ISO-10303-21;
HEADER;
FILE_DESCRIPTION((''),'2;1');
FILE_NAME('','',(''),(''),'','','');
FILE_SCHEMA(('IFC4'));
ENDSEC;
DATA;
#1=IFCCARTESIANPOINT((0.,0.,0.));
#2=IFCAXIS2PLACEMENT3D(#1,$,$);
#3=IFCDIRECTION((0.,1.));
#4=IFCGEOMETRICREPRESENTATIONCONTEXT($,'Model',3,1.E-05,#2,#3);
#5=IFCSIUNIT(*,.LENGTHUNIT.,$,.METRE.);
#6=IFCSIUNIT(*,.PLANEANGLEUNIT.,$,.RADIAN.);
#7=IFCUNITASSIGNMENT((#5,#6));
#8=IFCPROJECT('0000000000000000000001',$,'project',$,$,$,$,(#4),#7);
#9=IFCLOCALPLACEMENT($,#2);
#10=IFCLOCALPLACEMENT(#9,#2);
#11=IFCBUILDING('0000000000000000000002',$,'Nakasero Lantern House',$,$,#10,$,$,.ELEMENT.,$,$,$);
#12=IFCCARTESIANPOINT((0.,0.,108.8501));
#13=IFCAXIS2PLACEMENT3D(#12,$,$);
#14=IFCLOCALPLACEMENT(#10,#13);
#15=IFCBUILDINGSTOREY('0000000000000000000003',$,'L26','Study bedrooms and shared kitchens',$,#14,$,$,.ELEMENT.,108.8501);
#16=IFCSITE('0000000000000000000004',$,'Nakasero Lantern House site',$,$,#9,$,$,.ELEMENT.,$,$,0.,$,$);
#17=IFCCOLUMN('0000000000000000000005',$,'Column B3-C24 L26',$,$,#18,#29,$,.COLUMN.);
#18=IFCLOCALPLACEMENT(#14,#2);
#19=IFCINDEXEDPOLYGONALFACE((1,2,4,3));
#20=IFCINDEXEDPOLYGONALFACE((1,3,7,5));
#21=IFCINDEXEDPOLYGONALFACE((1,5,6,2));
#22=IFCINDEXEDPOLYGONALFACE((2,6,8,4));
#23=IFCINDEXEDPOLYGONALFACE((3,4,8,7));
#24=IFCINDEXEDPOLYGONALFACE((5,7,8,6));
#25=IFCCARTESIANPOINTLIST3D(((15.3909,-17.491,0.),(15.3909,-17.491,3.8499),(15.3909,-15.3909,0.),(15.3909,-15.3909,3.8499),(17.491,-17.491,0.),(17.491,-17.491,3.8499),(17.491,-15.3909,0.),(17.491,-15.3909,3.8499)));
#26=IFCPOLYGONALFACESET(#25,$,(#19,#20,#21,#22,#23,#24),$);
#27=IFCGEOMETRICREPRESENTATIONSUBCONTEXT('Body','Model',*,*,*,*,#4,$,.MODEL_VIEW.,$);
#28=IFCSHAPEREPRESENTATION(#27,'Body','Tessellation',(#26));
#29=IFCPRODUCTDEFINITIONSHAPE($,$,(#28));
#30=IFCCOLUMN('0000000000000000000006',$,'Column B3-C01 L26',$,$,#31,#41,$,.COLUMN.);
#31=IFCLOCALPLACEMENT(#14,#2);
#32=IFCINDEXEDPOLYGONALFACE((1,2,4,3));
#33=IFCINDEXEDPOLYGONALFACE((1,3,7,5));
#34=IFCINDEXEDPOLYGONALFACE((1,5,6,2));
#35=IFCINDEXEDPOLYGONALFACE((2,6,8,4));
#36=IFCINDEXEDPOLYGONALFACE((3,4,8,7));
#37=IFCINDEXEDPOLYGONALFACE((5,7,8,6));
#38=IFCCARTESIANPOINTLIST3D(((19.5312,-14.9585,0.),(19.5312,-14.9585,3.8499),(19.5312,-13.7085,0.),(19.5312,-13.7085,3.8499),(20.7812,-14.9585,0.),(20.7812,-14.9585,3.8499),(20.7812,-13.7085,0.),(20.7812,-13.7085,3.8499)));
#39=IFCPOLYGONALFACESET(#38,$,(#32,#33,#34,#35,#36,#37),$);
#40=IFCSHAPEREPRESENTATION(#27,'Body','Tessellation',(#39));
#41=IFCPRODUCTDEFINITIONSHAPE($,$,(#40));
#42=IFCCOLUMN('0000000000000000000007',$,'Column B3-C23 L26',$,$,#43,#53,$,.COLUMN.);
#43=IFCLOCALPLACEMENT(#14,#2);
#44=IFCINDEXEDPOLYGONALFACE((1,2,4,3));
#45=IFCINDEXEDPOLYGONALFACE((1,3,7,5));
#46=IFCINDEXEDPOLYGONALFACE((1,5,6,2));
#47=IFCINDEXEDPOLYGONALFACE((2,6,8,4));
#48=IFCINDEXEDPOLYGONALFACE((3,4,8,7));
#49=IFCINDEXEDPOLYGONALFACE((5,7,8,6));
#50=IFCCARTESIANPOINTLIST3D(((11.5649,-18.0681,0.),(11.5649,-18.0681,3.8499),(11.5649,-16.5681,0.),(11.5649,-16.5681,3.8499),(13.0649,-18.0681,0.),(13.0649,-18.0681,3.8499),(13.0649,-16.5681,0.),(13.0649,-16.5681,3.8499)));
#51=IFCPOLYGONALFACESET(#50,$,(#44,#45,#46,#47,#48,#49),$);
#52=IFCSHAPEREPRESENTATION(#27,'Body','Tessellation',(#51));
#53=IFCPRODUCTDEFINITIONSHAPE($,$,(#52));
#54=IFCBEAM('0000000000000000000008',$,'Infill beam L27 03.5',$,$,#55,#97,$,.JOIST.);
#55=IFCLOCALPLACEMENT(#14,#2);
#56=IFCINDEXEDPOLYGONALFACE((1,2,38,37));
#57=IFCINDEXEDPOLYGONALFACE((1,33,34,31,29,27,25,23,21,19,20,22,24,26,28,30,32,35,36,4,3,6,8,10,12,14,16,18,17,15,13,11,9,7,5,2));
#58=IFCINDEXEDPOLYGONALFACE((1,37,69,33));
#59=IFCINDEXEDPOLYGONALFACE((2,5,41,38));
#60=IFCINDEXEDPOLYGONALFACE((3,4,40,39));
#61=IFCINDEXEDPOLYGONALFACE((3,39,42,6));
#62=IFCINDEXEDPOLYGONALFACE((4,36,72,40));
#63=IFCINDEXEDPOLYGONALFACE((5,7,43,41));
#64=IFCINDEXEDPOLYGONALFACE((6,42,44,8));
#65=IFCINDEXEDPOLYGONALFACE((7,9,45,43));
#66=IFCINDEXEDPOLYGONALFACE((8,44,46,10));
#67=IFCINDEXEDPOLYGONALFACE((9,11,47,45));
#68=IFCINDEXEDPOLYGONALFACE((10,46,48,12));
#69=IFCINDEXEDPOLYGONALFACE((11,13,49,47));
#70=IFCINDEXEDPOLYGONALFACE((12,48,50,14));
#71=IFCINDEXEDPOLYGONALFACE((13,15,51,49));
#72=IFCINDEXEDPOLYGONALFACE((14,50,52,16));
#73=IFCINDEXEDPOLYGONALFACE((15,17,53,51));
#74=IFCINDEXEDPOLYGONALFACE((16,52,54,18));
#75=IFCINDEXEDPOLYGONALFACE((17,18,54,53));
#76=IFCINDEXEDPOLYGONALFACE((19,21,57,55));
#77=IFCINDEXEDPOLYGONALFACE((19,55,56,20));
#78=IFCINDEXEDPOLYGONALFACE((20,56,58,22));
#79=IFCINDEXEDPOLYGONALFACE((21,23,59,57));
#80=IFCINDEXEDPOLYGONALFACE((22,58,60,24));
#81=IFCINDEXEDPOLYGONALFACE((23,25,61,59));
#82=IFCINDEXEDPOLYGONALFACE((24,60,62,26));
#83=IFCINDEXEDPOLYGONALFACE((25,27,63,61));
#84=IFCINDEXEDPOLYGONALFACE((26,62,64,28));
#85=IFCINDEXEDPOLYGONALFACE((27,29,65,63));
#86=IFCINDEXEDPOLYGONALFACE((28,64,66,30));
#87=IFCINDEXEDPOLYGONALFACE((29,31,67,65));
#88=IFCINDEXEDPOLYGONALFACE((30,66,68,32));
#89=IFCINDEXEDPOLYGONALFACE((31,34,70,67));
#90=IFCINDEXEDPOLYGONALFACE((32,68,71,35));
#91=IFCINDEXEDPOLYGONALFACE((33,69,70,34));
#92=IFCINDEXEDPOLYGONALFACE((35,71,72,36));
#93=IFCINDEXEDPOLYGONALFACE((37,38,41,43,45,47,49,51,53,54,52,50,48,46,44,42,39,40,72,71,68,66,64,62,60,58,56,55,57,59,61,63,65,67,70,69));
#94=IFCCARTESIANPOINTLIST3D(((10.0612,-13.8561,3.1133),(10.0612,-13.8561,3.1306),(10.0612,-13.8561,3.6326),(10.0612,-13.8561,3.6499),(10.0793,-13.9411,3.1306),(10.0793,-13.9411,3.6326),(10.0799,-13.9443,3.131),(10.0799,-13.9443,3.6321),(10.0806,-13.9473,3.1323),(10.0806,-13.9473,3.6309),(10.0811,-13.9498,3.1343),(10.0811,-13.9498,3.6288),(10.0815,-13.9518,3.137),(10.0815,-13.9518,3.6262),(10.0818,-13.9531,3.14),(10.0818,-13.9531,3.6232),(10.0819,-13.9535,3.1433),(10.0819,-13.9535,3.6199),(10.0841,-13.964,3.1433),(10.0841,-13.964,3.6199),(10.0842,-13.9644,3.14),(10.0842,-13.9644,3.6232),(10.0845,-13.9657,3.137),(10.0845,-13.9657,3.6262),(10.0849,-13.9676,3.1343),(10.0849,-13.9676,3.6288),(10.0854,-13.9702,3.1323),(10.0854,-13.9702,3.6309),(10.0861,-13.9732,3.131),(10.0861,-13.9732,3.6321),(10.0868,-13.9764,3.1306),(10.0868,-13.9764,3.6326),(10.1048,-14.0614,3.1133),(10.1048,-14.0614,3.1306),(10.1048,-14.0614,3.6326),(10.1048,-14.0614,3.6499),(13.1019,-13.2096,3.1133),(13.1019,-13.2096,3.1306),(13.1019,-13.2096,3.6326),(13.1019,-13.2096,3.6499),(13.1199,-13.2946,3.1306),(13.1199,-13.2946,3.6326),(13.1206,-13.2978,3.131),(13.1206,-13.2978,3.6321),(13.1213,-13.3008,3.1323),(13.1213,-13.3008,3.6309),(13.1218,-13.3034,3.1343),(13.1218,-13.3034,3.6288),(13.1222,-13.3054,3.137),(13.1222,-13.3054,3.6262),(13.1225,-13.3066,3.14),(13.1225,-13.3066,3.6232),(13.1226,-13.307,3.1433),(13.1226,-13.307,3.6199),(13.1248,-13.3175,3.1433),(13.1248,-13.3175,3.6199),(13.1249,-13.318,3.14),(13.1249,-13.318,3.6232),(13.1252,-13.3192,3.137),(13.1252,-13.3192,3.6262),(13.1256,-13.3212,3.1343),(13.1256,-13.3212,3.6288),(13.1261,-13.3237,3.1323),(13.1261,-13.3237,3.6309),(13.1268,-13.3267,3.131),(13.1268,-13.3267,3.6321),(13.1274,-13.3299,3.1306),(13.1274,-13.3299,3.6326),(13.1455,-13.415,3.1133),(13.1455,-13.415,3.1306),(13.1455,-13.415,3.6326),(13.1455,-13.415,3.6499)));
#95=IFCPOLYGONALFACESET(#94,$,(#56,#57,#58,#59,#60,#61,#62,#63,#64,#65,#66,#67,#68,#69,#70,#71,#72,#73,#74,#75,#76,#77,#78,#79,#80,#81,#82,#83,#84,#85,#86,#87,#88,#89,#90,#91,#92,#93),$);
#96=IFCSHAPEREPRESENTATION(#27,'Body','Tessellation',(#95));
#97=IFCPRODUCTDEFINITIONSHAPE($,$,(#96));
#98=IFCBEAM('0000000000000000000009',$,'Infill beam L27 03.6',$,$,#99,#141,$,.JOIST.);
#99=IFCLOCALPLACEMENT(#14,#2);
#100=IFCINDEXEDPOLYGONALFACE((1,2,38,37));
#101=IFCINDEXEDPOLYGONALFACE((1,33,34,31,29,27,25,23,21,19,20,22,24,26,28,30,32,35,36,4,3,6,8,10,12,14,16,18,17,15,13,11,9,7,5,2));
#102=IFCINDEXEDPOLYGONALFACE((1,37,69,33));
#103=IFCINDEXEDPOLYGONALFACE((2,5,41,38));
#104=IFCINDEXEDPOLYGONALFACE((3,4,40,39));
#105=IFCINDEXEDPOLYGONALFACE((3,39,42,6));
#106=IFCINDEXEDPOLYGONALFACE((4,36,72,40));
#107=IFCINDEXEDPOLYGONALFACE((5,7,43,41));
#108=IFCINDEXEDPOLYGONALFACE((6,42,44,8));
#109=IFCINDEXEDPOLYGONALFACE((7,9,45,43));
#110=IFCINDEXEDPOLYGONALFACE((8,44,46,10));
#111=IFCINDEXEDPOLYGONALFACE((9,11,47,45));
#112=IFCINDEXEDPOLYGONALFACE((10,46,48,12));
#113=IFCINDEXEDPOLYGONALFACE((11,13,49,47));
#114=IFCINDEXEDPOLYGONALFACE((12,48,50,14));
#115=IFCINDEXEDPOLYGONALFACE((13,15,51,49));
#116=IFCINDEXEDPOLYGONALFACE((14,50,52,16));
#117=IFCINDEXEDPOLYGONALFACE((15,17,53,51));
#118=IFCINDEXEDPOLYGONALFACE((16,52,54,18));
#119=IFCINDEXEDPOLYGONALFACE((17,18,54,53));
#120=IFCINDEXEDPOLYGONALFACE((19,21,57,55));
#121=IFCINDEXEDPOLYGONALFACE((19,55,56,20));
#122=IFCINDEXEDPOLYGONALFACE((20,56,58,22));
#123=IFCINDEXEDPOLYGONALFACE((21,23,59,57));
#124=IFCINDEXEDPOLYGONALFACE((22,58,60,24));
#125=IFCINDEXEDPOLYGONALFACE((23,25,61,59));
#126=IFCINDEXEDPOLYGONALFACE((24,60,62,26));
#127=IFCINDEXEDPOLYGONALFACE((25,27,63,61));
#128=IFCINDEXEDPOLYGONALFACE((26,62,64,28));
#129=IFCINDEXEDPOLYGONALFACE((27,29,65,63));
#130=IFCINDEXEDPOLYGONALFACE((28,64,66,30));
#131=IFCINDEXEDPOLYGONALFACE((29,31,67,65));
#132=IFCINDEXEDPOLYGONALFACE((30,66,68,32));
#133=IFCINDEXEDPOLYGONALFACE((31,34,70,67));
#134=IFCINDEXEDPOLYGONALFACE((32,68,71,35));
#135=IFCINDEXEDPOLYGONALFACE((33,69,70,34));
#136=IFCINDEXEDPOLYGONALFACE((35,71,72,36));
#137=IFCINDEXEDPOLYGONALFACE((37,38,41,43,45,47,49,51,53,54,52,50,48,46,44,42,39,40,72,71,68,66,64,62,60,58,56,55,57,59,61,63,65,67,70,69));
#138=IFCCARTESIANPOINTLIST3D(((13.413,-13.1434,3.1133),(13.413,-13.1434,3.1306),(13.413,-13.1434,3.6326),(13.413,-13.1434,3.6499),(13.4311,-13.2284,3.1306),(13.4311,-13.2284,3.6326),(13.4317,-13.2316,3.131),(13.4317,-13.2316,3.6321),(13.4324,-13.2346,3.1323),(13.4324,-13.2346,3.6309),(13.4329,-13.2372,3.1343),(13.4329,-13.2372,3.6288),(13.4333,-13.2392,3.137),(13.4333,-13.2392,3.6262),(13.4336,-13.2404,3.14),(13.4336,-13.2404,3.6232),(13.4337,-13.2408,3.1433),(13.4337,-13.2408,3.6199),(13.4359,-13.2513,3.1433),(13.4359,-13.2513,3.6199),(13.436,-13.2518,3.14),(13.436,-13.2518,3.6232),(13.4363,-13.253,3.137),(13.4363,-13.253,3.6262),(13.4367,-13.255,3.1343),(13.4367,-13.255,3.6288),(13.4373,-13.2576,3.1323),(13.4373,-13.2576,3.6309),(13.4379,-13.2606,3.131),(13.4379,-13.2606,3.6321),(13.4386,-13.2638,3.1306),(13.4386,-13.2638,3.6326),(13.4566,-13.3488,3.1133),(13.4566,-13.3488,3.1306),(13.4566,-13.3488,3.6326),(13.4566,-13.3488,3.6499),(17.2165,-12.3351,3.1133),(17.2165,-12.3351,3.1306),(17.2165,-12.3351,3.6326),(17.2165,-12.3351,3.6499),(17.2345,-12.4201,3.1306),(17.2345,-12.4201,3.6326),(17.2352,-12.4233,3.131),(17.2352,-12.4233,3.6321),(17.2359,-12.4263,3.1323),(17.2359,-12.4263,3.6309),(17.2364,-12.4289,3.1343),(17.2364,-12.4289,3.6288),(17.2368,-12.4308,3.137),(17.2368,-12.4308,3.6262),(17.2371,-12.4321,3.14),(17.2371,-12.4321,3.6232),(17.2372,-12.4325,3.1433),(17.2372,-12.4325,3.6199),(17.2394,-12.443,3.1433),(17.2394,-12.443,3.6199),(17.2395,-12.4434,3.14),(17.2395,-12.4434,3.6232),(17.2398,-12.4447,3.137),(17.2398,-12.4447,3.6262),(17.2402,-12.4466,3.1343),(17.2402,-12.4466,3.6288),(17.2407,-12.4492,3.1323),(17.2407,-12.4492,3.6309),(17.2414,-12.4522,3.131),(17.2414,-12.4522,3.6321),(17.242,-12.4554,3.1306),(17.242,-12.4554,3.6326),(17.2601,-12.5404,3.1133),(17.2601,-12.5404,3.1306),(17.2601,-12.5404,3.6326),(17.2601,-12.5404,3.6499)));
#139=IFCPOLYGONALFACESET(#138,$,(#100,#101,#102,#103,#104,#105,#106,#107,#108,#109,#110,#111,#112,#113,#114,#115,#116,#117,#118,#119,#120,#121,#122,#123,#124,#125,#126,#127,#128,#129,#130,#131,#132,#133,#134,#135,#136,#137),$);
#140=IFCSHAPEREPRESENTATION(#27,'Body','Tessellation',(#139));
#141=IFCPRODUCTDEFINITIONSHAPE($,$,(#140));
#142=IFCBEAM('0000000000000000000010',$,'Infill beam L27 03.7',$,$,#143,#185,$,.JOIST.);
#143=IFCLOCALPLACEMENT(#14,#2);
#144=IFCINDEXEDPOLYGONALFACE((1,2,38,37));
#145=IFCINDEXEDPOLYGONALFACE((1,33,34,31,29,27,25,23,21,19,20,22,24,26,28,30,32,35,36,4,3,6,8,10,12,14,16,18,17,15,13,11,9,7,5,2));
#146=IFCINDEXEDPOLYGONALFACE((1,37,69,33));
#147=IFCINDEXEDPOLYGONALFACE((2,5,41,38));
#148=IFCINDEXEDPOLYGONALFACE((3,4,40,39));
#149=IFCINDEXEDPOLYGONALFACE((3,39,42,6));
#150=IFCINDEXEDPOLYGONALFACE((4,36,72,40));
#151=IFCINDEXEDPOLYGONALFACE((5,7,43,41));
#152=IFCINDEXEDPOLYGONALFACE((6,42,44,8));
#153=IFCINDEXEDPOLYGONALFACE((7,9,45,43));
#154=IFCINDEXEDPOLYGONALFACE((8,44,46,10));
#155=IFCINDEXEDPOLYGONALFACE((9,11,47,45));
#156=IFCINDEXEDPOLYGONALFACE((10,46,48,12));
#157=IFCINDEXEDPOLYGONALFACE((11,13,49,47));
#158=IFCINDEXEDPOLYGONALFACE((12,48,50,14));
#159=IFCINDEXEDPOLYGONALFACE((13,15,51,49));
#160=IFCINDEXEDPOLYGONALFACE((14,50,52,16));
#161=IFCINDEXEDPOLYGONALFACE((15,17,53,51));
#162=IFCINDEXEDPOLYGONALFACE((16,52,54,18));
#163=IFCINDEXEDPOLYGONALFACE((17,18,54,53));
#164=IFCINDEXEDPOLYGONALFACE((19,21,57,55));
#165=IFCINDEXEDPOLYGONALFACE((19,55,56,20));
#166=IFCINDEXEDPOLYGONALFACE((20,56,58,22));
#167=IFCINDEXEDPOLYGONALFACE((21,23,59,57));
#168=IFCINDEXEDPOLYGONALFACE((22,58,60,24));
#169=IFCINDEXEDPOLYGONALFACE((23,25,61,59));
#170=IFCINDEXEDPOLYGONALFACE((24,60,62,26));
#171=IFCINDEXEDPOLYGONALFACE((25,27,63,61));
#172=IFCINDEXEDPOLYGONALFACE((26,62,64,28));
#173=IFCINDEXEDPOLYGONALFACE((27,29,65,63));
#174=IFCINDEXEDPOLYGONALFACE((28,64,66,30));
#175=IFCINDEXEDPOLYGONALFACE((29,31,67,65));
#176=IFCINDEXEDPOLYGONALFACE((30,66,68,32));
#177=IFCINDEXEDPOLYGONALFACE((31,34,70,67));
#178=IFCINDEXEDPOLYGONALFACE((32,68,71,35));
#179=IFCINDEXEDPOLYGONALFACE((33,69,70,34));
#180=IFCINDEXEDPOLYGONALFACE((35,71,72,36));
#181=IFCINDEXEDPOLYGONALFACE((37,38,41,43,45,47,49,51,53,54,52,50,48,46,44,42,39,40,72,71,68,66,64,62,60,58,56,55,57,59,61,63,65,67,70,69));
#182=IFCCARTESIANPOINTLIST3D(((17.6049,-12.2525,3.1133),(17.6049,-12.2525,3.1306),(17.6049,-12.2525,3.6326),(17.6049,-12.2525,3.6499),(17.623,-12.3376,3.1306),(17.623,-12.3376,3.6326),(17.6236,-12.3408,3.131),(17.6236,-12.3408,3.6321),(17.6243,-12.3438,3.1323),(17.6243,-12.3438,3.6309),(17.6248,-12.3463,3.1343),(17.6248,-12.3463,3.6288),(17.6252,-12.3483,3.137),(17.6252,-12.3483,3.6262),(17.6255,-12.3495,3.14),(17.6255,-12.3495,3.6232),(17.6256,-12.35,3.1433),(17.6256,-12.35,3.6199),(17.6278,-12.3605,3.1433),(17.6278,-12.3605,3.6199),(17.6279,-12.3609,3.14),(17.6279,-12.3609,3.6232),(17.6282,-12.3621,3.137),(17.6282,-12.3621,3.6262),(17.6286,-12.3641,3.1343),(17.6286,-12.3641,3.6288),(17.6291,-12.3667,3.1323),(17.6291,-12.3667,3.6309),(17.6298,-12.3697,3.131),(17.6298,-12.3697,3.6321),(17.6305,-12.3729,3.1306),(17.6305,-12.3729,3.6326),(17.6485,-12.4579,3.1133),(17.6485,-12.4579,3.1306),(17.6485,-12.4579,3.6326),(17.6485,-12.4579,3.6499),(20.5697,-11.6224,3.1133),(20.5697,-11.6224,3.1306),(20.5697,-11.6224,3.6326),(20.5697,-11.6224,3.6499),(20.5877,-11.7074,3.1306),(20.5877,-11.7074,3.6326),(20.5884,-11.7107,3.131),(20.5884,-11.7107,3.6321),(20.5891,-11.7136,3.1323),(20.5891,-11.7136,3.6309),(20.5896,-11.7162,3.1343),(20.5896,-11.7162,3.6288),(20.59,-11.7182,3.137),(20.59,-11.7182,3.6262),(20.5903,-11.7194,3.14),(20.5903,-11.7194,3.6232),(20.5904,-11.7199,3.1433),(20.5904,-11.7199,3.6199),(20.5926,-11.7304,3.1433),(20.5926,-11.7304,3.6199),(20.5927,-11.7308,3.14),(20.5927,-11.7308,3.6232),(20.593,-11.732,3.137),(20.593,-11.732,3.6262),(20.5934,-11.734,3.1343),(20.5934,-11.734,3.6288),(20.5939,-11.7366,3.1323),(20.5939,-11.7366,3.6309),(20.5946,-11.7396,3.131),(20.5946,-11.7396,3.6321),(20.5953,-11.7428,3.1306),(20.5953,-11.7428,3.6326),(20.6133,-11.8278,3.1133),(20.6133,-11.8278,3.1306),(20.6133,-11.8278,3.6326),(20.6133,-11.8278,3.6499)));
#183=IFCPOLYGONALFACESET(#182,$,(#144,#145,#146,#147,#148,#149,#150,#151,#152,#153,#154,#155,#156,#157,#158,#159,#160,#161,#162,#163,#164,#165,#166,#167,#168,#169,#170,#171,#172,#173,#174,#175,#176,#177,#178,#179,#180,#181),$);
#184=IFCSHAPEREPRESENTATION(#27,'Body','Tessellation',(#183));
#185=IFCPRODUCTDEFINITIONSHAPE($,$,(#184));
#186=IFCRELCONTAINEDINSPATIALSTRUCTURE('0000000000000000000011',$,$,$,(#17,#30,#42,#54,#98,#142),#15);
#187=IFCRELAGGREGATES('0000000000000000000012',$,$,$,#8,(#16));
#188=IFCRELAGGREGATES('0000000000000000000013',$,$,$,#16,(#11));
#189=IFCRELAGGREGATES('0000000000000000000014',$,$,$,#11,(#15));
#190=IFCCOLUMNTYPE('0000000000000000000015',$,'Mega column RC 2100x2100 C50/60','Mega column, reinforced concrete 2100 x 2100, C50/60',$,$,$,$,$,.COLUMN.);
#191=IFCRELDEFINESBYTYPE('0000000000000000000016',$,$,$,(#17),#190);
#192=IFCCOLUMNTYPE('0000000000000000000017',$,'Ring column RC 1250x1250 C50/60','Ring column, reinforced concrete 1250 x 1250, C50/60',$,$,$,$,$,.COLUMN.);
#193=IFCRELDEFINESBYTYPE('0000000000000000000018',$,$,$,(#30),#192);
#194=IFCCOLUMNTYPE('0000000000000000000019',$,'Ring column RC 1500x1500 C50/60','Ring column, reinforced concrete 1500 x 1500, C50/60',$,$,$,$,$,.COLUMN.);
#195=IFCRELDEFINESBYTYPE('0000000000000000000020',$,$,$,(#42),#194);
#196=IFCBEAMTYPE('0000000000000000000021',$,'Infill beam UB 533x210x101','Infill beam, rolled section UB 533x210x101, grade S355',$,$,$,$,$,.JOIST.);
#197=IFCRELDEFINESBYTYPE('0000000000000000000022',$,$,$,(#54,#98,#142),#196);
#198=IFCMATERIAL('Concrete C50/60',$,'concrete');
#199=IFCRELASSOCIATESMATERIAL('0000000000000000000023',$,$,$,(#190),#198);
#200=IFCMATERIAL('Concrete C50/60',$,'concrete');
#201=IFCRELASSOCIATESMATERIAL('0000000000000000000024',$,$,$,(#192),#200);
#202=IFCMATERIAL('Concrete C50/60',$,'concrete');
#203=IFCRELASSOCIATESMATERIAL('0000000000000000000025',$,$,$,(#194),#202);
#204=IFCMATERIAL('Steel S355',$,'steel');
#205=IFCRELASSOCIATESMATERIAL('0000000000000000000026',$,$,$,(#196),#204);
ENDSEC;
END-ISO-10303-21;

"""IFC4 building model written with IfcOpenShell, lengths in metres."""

from ifc_helpers import new_model, si_unit, direction, frame, origin, origin_2d, place, context, subcontext, project, spatial, rectangle, i_section, extrude, material, material_profile, profile_set, type_object, element, save


model = new_model("IFC4")

# Units and contexts
model_context = context("Model", 3, precision=1e-05, world=origin(), true_north=direction((0.0, 1.0)))
body_context = subcontext(model_context, "Body", "Model", "MODEL_VIEW")
ifc_project = project(units=[si_unit("LENGTHUNIT", "METRE"), si_unit("PLANEANGLEUNIT", "RADIAN")], contexts=[model_context])

# Site, building, storey
site_placement = place(None, origin())
site = spatial("IfcSite", under=ifc_project, at=site_placement, Name="Nakasero Lantern House site", CompositionType="ELEMENT", RefElevation=0.0)
building_placement = place(site_placement, origin())
building = spatial("IfcBuilding", under=site, at=building_placement, Name="Nakasero Lantern House", CompositionType="ELEMENT")
storey_placement = place(building_placement, frame((0.0, 0.0, 108.8501)))
storey = spatial("IfcBuildingStorey", under=building, at=storey_placement, Name="L26", Description="Study bedrooms and shared kitchens", CompositionType="ELEMENT", Elevation=108.8501)

# Columns
ifc_material_1 = material(Name="Concrete C50/60", Category="concrete")
ifc_material_profile_1 = material_profile(ifc_material_1, rectangle(XDim=2.1001, YDim=2.1001, at=origin_2d()), Name="RC 2100x2100")
ifc_profile_set_1 = profile_set([ifc_material_profile_1], Name="Concrete C50/60")
column_type_1 = type_object("IfcColumnType", Name="Mega column RC 2100x2100 C50/60", Description="Mega column, reinforced concrete 2100 x 2100, C50/60", PredefinedType="COLUMN", material=ifc_profile_set_1)
column_1_placement = place(storey_placement, frame((16.4409, -16.4409, 0.0), z_axis=(0.0, 0.0, 1.0), x_axis=(1.0, 0.0, 0.0)))
element("IfcColumn", 1, at=column_1_placement, inside=storey, type_object=column_type_1, Name="Column B3-C24 L26", PredefinedType="COLUMN", context=body_context, shape_type="SweptSolid", body=[
    extrude(rectangle(XDim=2.1001, YDim=2.1001, at=origin_2d()), origin(), (0.0, 0.0, 1.0), 3.8499),
])
ifc_material_2 = material(Name="Concrete C50/60", Category="concrete")
ifc_material_profile_2 = material_profile(ifc_material_2, rectangle(XDim=1.25, YDim=1.25, at=origin_2d()), Name="RC 1250x1250")
ifc_profile_set_2 = profile_set([ifc_material_profile_2], Name="Concrete C50/60")
column_type_2 = type_object("IfcColumnType", Name="Ring column RC 1250x1250 C50/60", Description="Ring column, reinforced concrete 1250 x 1250, C50/60", PredefinedType="COLUMN", material=ifc_profile_set_2)
column_2_placement = place(storey_placement, frame((20.1562, -14.3335, 0.0), z_axis=(0.0, 0.0, 1.0), x_axis=(1.0, 0.0, 0.0)))
element("IfcColumn", 2, at=column_2_placement, inside=storey, type_object=column_type_2, Name="Column B3-C01 L26", PredefinedType="COLUMN", context=body_context, shape_type="SweptSolid", body=[
    extrude(rectangle(XDim=1.25, YDim=1.25, at=origin_2d()), origin(), (0.0, 0.0, 1.0), 3.8499),
])
ifc_material_3 = material(Name="Concrete C50/60", Category="concrete")
ifc_material_profile_3 = material_profile(ifc_material_3, rectangle(XDim=1.5, YDim=1.5, at=origin_2d()), Name="RC 1500x1500")
ifc_profile_set_3 = profile_set([ifc_material_profile_3], Name="Concrete C50/60")
column_type_3 = type_object("IfcColumnType", Name="Ring column RC 1500x1500 C50/60", Description="Ring column, reinforced concrete 1500 x 1500, C50/60", PredefinedType="COLUMN", material=ifc_profile_set_3)
column_3_placement = place(storey_placement, frame((12.3149, -17.3181, 0.0), z_axis=(0.0, 0.0, 1.0), x_axis=(1.0, 0.0, 0.0)))
element("IfcColumn", 3, at=column_3_placement, inside=storey, type_object=column_type_3, Name="Column B3-C23 L26", PredefinedType="COLUMN", context=body_context, shape_type="SweptSolid", body=[
    extrude(rectangle(XDim=1.5, YDim=1.5, at=origin_2d()), origin(), (0.0, 0.0, 1.0), 3.8499),
])

# Beams
ifc_material_4 = material(Name="Steel S355", Category="steel")
ifc_material_profile_4 = material_profile(ifc_material_4, i_section(OverallWidth=0.21, OverallDepth=0.5366, WebThickness=0.0107, FlangeThickness=0.0173, FilletRadius=0.0127, at=origin_2d()), Name="UB 533x210x101")
ifc_profile_set_4 = profile_set([ifc_material_profile_4], Name="Steel S355")
beam_type_1 = type_object("IfcBeamType", Name="Infill beam UB 533x210x101", Description="Infill beam, rolled section UB 533x210x101, grade S355", PredefinedType="JOIST", material=ifc_profile_set_4)
beam_1_placement = place(storey_placement, frame((10.083, -13.9587, 3.3816), z_axis=(0.978138, 0.207957, 0.0), x_axis=(-0.207957, 0.978138, 0.0)))
element("IfcBeam", 4, at=beam_1_placement, inside=storey, type_object=beam_type_1, Name="Infill beam L27 03.5", PredefinedType="JOIST", context=body_context, shape_type="SweptSolid", body=[
    extrude(i_section(OverallWidth=0.21, OverallDepth=0.5366, WebThickness=0.0107, FlangeThickness=0.0173, FilletRadius=0.0127, at=origin_2d()), origin(), (0.0, 0.0, 1.0), 3.1086),
])
beam_2_placement = place(storey_placement, frame((13.4348, -13.2461, 3.3816), z_axis=(0.978153, 0.207887, 0.0), x_axis=(-0.207887, 0.978153, 0.0)))
element("IfcBeam", 5, at=beam_2_placement, inside=storey, type_object=beam_type_1, Name="Infill beam L27 03.6", PredefinedType="JOIST", context=body_context, shape_type="SweptSolid", body=[
    extrude(i_section(OverallWidth=0.21, OverallDepth=0.5366, WebThickness=0.0107, FlangeThickness=0.0173, FilletRadius=0.0127, at=origin_2d()), origin(), (0.0, 0.0, 1.0), 3.8884),
])
beam_3_placement = place(storey_placement, frame((17.6267, -12.3552, 3.3816), z_axis=(0.978152, 0.20789, 0.0), x_axis=(-0.20789, 0.978152, 0.0)))
element("IfcBeam", 6, at=beam_3_placement, inside=storey, type_object=beam_type_1, Name="Infill beam L27 03.7", PredefinedType="JOIST", context=body_context, shape_type="SweptSolid", body=[
    extrude(i_section(OverallWidth=0.21, OverallDepth=0.5366, WebThickness=0.0107, FlangeThickness=0.0173, FilletRadius=0.0127, at=origin_2d()), origin(), (0.0, 0.0, 1.0), 3.031),
])

save(model, "model.ifc")
